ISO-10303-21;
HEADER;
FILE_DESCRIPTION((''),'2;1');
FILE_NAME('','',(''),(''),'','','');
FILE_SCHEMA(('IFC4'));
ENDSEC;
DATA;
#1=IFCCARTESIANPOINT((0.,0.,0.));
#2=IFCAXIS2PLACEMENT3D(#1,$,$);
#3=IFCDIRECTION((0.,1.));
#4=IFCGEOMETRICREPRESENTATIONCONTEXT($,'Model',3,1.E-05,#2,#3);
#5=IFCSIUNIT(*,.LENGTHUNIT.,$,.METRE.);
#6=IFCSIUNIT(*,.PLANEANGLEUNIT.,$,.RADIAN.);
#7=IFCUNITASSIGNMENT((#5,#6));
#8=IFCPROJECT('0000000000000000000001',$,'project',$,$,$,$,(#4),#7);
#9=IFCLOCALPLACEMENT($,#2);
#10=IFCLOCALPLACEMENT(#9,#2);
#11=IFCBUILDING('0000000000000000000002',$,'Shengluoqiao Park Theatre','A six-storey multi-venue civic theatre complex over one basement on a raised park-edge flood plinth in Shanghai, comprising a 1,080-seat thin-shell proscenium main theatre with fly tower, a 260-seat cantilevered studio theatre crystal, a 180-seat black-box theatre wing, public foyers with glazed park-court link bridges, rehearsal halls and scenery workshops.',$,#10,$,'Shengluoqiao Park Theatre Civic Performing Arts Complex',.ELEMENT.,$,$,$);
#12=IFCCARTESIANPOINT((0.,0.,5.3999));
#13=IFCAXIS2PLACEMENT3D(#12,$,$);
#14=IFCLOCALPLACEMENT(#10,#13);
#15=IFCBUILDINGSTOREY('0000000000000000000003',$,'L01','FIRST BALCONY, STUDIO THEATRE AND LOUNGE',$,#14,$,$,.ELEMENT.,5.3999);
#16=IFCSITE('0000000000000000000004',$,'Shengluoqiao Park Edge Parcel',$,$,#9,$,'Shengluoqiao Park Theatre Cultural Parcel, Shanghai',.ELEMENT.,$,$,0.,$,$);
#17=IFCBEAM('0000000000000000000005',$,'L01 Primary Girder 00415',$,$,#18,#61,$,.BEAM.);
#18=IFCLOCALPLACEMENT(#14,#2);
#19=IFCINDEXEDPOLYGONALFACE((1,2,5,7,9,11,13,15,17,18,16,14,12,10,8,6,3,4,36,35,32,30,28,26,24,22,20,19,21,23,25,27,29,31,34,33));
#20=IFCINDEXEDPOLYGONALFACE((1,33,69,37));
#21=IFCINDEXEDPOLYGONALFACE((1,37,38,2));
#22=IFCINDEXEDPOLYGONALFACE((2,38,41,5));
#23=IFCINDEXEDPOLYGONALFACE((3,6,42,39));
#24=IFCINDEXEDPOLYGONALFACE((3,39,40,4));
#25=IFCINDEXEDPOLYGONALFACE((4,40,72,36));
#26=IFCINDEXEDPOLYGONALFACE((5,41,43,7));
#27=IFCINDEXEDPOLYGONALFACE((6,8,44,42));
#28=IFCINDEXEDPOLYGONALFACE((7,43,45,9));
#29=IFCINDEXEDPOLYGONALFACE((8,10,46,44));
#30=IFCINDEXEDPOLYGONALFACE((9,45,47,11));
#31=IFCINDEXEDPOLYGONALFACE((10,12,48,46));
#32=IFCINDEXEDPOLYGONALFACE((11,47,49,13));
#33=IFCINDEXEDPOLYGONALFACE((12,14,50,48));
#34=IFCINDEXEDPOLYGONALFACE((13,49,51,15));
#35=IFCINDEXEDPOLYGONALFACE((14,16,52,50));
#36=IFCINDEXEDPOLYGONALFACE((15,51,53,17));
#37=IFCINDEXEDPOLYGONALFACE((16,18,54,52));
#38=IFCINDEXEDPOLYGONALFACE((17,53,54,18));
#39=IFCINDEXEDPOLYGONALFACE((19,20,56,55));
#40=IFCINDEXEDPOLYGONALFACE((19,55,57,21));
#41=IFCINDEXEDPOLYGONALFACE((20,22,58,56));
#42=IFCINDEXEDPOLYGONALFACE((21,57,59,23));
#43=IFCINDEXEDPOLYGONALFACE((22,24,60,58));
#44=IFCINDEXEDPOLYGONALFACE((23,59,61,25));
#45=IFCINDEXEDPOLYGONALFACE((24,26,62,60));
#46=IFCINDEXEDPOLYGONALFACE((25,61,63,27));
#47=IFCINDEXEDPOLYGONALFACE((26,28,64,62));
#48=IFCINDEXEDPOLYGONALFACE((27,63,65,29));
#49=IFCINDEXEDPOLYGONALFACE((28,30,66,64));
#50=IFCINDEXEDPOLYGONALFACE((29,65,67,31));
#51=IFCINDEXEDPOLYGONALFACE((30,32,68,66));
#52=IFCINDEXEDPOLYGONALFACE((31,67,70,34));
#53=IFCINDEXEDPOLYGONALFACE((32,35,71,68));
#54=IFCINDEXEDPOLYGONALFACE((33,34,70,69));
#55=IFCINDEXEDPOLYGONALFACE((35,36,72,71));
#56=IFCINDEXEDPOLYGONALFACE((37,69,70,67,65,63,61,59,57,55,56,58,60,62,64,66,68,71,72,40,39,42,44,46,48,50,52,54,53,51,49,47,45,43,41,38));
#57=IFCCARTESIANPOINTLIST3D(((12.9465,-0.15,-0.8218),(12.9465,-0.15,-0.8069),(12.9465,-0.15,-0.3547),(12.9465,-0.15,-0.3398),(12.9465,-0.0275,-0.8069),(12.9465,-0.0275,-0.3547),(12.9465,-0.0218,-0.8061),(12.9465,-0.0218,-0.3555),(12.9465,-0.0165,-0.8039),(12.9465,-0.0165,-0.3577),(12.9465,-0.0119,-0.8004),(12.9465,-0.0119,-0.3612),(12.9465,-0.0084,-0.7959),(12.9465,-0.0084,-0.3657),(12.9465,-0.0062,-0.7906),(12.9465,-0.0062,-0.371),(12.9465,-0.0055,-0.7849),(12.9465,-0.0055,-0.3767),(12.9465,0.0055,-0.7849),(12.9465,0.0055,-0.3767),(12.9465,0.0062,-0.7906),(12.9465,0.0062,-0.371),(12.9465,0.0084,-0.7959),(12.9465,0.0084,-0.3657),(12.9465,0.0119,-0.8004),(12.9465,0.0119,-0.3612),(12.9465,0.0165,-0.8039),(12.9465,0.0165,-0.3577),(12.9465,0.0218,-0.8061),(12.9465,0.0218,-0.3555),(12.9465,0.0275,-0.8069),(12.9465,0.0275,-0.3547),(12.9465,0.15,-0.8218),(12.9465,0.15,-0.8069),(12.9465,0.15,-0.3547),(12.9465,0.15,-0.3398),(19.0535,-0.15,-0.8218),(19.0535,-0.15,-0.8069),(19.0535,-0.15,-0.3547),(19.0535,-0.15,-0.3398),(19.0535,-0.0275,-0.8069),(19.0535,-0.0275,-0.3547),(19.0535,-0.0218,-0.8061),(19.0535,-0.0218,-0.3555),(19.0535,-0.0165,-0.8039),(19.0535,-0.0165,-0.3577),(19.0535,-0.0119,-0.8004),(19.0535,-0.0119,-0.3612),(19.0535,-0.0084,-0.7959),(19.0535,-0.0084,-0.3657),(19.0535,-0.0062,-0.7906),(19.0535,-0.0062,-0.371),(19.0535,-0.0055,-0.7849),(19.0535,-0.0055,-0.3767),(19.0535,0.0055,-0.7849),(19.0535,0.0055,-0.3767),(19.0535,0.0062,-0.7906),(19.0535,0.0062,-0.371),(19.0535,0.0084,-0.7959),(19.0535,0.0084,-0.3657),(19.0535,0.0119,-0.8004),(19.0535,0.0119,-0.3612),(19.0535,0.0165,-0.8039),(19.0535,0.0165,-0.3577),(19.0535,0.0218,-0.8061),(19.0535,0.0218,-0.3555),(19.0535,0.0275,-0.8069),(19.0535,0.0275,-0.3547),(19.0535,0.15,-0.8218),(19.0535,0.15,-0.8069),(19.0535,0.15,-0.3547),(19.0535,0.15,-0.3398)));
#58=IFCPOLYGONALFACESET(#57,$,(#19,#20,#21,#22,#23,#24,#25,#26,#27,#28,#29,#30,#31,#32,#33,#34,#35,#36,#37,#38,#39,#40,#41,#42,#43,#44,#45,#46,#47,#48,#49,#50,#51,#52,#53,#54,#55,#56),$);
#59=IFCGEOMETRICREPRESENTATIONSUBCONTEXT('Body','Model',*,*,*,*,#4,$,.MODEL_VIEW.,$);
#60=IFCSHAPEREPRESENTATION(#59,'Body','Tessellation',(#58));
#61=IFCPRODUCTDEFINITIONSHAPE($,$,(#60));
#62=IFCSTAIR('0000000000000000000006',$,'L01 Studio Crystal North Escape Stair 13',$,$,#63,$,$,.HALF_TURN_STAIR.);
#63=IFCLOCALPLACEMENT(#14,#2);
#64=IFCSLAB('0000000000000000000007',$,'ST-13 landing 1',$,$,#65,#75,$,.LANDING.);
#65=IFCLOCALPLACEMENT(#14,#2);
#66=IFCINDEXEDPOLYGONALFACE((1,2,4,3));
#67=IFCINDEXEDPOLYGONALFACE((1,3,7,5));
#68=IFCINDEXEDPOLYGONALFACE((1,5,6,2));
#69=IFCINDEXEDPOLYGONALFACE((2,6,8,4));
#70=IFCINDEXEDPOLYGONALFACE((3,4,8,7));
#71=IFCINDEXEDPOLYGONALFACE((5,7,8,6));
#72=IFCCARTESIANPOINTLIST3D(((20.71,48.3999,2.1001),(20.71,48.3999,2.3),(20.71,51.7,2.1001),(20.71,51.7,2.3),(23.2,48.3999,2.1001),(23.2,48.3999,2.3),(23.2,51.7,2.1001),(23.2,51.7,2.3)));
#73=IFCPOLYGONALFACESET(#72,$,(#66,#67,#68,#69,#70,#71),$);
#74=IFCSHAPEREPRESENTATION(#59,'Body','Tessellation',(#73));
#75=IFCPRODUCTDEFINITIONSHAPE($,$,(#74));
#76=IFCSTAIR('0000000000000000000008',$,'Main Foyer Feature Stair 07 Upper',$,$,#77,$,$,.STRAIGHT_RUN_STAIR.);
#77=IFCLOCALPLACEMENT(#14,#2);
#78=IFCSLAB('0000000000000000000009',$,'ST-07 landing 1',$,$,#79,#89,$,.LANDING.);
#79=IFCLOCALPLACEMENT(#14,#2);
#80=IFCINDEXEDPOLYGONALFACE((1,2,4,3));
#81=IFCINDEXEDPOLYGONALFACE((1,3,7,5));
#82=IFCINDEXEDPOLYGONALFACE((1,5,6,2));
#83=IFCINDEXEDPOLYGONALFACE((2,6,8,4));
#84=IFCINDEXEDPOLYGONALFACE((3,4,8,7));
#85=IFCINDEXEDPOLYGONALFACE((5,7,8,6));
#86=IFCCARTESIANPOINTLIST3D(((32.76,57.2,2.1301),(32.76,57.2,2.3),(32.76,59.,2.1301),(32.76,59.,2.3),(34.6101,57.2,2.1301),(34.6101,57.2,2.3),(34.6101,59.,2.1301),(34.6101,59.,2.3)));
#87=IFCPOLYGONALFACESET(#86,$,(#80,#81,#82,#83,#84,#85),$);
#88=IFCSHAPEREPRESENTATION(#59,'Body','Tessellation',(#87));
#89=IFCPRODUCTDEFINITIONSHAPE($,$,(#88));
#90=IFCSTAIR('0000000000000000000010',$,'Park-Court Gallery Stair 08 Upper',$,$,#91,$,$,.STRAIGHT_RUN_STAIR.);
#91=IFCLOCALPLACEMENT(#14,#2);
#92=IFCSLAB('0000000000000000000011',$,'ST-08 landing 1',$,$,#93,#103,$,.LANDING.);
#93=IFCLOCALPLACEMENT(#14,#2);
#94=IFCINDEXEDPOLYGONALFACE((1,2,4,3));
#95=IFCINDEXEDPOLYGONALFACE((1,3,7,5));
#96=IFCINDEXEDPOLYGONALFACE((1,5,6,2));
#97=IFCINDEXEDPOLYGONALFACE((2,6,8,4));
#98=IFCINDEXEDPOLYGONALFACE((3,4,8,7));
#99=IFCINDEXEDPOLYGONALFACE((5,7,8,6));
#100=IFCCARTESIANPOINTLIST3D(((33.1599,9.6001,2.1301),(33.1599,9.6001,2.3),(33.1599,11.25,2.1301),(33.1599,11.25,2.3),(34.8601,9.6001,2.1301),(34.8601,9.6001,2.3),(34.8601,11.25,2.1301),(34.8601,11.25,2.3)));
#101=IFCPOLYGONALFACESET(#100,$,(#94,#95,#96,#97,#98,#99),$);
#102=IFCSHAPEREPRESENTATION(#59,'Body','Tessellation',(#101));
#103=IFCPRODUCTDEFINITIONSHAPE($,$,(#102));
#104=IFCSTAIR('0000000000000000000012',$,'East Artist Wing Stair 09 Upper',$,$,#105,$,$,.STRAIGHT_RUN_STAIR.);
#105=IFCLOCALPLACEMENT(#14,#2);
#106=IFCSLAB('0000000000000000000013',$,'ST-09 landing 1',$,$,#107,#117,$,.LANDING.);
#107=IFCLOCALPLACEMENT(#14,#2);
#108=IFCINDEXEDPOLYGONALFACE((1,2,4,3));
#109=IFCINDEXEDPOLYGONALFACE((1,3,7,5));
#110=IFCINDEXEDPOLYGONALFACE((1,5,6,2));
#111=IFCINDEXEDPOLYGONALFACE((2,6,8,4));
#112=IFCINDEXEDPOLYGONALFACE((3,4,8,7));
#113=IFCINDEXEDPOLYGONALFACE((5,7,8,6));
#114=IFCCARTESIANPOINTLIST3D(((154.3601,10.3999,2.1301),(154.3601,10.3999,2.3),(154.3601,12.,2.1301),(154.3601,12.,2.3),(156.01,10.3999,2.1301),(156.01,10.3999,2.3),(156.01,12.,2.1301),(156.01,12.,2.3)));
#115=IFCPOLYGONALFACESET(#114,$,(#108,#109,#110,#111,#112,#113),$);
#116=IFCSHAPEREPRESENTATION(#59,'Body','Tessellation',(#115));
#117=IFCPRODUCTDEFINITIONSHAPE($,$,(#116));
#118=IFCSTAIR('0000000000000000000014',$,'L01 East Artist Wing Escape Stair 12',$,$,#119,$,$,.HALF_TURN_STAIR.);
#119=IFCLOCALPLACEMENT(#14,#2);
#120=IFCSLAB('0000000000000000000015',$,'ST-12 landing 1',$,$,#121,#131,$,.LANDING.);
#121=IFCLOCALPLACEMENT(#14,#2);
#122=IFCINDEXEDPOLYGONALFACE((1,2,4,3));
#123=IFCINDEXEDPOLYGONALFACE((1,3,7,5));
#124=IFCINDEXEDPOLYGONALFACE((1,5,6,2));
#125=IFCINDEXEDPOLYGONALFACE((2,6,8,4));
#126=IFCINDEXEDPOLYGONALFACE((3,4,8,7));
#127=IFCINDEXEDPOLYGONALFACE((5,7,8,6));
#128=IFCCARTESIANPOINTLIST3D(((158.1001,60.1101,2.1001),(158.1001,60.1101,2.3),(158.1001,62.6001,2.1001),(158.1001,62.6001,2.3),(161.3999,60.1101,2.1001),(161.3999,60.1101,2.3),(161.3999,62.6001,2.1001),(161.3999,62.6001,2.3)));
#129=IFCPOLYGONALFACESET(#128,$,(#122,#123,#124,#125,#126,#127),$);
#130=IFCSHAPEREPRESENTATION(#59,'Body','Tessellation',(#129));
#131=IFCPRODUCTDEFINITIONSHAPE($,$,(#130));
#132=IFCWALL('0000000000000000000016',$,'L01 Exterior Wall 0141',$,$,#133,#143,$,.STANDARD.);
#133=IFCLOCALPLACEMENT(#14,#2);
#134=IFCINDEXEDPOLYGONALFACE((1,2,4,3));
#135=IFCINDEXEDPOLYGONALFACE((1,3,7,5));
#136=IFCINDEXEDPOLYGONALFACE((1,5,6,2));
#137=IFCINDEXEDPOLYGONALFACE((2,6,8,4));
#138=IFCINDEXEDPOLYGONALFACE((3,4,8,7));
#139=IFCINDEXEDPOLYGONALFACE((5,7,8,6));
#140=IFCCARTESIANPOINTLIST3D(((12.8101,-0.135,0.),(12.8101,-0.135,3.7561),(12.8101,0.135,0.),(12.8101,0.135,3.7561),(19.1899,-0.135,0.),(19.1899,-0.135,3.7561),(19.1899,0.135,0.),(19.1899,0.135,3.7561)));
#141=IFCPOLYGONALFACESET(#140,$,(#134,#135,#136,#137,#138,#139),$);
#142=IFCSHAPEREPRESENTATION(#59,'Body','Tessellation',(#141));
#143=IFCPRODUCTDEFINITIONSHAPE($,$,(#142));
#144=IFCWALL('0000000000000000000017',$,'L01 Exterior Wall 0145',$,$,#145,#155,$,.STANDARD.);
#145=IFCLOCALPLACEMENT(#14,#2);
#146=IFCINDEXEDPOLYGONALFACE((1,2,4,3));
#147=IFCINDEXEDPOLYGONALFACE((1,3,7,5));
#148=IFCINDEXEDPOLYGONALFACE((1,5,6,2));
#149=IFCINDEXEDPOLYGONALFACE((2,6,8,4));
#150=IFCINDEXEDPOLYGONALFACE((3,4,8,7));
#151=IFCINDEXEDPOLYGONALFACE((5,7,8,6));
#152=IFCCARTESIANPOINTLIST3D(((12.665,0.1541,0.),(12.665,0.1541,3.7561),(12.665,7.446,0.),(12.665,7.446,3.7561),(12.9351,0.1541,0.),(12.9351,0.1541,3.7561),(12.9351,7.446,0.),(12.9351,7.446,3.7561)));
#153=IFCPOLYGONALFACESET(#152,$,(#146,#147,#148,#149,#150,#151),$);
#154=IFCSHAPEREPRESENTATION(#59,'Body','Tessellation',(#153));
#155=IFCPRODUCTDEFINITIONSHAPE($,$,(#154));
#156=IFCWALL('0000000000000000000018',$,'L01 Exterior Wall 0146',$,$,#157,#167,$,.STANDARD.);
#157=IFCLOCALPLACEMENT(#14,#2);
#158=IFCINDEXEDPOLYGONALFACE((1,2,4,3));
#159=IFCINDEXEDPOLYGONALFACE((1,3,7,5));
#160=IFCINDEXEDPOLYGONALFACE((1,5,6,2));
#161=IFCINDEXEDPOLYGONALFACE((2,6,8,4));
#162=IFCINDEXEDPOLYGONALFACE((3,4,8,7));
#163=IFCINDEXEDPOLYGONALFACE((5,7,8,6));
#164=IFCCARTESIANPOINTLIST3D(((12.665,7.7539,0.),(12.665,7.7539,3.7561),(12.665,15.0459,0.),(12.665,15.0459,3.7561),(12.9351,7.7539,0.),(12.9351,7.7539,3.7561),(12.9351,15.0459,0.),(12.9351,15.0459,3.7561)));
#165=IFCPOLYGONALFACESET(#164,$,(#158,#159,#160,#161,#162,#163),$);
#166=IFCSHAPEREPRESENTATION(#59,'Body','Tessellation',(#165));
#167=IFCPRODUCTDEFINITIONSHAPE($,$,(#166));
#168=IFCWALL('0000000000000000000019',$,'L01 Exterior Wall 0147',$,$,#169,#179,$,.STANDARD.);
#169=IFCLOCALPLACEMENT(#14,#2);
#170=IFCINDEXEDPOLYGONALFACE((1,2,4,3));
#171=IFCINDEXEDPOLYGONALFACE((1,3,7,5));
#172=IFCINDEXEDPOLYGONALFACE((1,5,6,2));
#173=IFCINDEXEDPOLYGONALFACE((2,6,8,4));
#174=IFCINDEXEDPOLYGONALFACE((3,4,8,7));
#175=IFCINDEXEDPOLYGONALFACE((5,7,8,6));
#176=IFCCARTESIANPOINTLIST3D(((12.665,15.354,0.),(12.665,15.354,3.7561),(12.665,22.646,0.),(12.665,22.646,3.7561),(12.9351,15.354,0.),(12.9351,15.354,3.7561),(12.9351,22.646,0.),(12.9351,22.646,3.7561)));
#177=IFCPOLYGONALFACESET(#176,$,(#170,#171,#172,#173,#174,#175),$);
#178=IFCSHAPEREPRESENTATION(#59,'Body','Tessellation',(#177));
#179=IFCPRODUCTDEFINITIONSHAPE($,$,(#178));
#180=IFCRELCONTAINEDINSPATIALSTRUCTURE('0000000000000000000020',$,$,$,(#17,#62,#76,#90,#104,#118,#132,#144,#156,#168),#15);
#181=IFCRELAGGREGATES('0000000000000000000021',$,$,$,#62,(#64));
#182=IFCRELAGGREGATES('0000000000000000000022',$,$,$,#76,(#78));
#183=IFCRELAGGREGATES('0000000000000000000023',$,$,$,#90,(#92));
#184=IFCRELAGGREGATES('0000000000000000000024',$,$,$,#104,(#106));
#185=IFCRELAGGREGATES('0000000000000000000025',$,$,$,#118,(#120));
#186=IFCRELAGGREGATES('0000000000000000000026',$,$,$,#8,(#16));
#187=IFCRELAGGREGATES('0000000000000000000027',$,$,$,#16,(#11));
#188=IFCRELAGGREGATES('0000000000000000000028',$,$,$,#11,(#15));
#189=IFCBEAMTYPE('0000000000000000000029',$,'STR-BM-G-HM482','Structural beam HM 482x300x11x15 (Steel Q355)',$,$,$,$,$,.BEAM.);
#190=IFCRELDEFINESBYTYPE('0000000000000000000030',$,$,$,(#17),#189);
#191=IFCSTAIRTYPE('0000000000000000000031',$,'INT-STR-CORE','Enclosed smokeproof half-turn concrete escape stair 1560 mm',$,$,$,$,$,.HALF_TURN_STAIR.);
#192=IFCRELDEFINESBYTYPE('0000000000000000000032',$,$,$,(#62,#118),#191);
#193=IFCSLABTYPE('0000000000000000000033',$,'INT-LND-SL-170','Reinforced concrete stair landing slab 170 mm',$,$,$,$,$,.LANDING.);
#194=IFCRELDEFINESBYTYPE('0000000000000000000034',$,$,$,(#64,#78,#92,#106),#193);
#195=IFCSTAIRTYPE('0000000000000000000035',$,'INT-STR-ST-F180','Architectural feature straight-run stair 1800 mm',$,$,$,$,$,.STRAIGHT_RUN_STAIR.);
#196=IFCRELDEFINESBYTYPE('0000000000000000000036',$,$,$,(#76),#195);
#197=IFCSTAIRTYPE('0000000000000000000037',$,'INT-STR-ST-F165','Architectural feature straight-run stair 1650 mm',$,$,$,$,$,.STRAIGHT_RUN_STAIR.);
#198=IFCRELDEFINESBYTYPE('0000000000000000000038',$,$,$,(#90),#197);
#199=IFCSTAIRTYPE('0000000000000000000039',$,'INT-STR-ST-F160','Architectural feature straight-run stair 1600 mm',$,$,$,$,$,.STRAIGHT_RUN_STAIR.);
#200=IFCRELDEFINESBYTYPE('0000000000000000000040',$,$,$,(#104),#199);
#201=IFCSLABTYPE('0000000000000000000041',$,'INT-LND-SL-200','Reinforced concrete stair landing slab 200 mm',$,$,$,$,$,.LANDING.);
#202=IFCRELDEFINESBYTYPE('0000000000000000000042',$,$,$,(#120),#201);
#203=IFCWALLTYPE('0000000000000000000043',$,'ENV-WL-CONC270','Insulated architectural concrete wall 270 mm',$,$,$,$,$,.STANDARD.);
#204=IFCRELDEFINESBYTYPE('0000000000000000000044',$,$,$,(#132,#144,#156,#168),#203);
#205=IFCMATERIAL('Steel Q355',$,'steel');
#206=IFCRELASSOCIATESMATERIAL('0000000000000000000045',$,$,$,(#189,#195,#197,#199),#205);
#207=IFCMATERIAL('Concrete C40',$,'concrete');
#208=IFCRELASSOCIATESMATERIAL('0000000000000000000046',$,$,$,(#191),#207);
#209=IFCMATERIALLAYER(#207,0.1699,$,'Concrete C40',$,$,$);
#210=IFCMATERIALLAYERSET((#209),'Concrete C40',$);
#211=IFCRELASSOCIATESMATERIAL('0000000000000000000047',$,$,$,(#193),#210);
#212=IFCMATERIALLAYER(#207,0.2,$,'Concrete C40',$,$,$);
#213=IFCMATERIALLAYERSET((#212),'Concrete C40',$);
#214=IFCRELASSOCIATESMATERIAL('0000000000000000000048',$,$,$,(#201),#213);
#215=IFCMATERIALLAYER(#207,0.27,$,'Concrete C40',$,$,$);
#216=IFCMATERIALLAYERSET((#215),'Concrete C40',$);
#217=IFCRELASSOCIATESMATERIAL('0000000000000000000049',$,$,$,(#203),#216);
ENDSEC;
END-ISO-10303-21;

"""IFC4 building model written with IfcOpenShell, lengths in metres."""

from ifc_helpers import new_model, si_unit, direction, frame, frame_2d, origin, origin_2d, place, context, subcontext, project, spatial, polyline, rectangle, i_section, outline, extrude, material, layer, layer_set, material_profile, profile_set, type_object, element, aggregate, save


model = new_model("IFC4")

# Units and contexts
model_context = context("Model", 3, precision=1e-05, world=origin(), true_north=direction((0.0, 1.0)))
body_context = subcontext(model_context, "Body", "Model", "MODEL_VIEW")
ifc_project = project(units=[si_unit("LENGTHUNIT", "METRE"), si_unit("PLANEANGLEUNIT", "RADIAN")], contexts=[model_context])

# Site, building, storey
site_placement = place(None, origin())
site = spatial("IfcSite", under=ifc_project, at=site_placement, Name="Shengluoqiao Park Edge Parcel", LongName="Shengluoqiao Park Theatre Cultural Parcel, Shanghai", CompositionType="ELEMENT", RefElevation=0.0)
building_placement = place(site_placement, origin())
building = spatial("IfcBuilding", under=site, at=building_placement, Name="Shengluoqiao Park Theatre", Description="A six-storey multi-venue civic theatre complex over one basement on a raised park-edge flood plinth in Shanghai, comprising a 1,080-seat thin-shell proscenium main theatre with fly tower, a 260-seat cantilevered studio theatre crystal, a 180-seat black-box theatre wing, public foyers with glazed park-court link bridges, rehearsal halls and scenery workshops.", LongName="Shengluoqiao Park Theatre Civic Performing Arts Complex", CompositionType="ELEMENT")
storey_placement = place(building_placement, frame((0.0, 0.0, 5.3999)))
storey = spatial("IfcBuildingStorey", under=building, at=storey_placement, Name="L01", Description="FIRST BALCONY, STUDIO THEATRE AND LOUNGE", CompositionType="ELEMENT", Elevation=5.3999)

# Shared definitions
ifc_material_1 = material(Name="Steel Q355", Category="steel")

# Beam
ifc_material_profile_1 = material_profile(ifc_material_1, i_section(OverallWidth=0.3, OverallDepth=0.4819, WebThickness=0.011, FlangeThickness=0.0149, FilletRadius=0.022, at=origin_2d()), Name="HM 482x300x11x15")
ifc_profile_set_1 = profile_set([ifc_material_profile_1], Name="Steel Q355")
beam_type_1 = type_object("IfcBeamType", Name="STR-BM-G-HM482", Description="Structural beam HM 482x300x11x15 (Steel Q355)", PredefinedType="BEAM", material=ifc_profile_set_1)
beam_placement = place(storey_placement, frame((12.9465, 0.0, -0.5808), z_axis=(1.0, 0.0, 0.0), x_axis=(0.0, 1.0, 0.0)))
element("IfcBeam", 1, at=beam_placement, inside=storey, type_object=beam_type_1, Name="L01 Primary Girder 00415", PredefinedType="BEAM", context=body_context, shape_type="SweptSolid", body=[
    extrude(i_section(OverallWidth=0.3, OverallDepth=0.4819, WebThickness=0.011, FlangeThickness=0.0149, FilletRadius=0.022, at=origin_2d()), origin(), (0.0, 0.0, 1.0), 6.1069),
])

# Stairs, slabs
ifc_material_2 = material(Name="Concrete C40", Category="concrete")
stair_type_1 = type_object("IfcStairType", Name="INT-STR-CORE", Description="Enclosed smokeproof half-turn concrete escape stair 1560 mm", PredefinedType="HALF_TURN_STAIR", material=ifc_material_2)
stair_1_placement = place(storey_placement, origin())
stair_1 = element("IfcStair", 2, at=stair_1_placement, inside=storey, type_object=stair_type_1, Name="L01 Studio Crystal North Escape Stair 13", PredefinedType="HALF_TURN_STAIR")
ifc_layer_1 = layer(ifc_material_2, 0.1699, Name="Concrete C40")
ifc_layer_set_1 = layer_set([ifc_layer_1], Name="Concrete C40")
slab_type_1 = type_object("IfcSlabType", Name="INT-LND-SL-170", Description="Reinforced concrete stair landing slab 170 mm", PredefinedType="LANDING", material=ifc_layer_set_1)
slab_1_placement = place(storey_placement, frame((0.0, 0.0, 2.1001)))
slab_1 = element("IfcSlab", 3, at=slab_1_placement, type_object=slab_type_1, Name="ST-13 landing 1", PredefinedType="LANDING", context=body_context, shape_type="SweptSolid", body=[
    extrude(outline(polyline([(20.71, 48.3999), (23.2, 48.3999), (23.2, 51.7), (20.71, 51.7), (20.71, 48.3999)])), origin(), (0.0, 0.0, 1.0), 0.2),
])
aggregate(stair_1, [slab_1])
stair_type_2 = type_object("IfcStairType", Name="INT-STR-ST-F180", Description="Architectural feature straight-run stair 1800 mm", PredefinedType="STRAIGHT_RUN_STAIR", material=ifc_material_1)
stair_2_placement = place(storey_placement, origin())
stair_2 = element("IfcStair", 4, at=stair_2_placement, inside=storey, type_object=stair_type_2, Name="Main Foyer Feature Stair 07 Upper", PredefinedType="STRAIGHT_RUN_STAIR")
slab_2_placement = place(storey_placement, frame((0.0, 0.0, 2.1301)))
slab_2 = element("IfcSlab", 5, at=slab_2_placement, type_object=slab_type_1, Name="ST-07 landing 1", PredefinedType="LANDING", context=body_context, shape_type="SweptSolid", body=[
    extrude(outline(polyline([(32.76, 57.2), (34.6101, 57.2), (34.6101, 59.0), (32.76, 59.0), (32.76, 57.2)])), origin(), (0.0, 0.0, 1.0), 0.1699),
])
aggregate(stair_2, [slab_2])
stair_type_3 = type_object("IfcStairType", Name="INT-STR-ST-F165", Description="Architectural feature straight-run stair 1650 mm", PredefinedType="STRAIGHT_RUN_STAIR", material=ifc_material_1)
stair_3_placement = place(storey_placement, origin())
stair_3 = element("IfcStair", 6, at=stair_3_placement, inside=storey, type_object=stair_type_3, Name="Park-Court Gallery Stair 08 Upper", PredefinedType="STRAIGHT_RUN_STAIR")
slab_3_placement = place(storey_placement, frame((0.0, 0.0, 2.1301)))
slab_3 = element("IfcSlab", 7, at=slab_3_placement, type_object=slab_type_1, Name="ST-08 landing 1", PredefinedType="LANDING", context=body_context, shape_type="SweptSolid", body=[
    extrude(outline(polyline([(33.1599, 9.6001), (34.8601, 9.6001), (34.8601, 11.25), (33.1599, 11.25), (33.1599, 9.6001)])), origin(), (0.0, 0.0, 1.0), 0.1699),
])
aggregate(stair_3, [slab_3])
stair_type_4 = type_object("IfcStairType", Name="INT-STR-ST-F160", Description="Architectural feature straight-run stair 1600 mm", PredefinedType="STRAIGHT_RUN_STAIR", material=ifc_material_1)
stair_4_placement = place(storey_placement, origin())
stair_4 = element("IfcStair", 8, at=stair_4_placement, inside=storey, type_object=stair_type_4, Name="East Artist Wing Stair 09 Upper", PredefinedType="STRAIGHT_RUN_STAIR")
slab_4_placement = place(storey_placement, frame((0.0, 0.0, 2.1301)))
slab_4 = element("IfcSlab", 9, at=slab_4_placement, type_object=slab_type_1, Name="ST-09 landing 1", PredefinedType="LANDING", context=body_context, shape_type="SweptSolid", body=[
    extrude(outline(polyline([(154.3601, 10.3999), (156.01, 10.3999), (156.01, 12.0), (154.3601, 12.0), (154.3601, 10.3999)])), origin(), (0.0, 0.0, 1.0), 0.1699),
])
aggregate(stair_4, [slab_4])
stair_5_placement = place(storey_placement, origin())
stair_5 = element("IfcStair", 10, at=stair_5_placement, inside=storey, type_object=stair_type_1, Name="L01 East Artist Wing Escape Stair 12", PredefinedType="HALF_TURN_STAIR")
ifc_layer_2 = layer(ifc_material_2, 0.2, Name="Concrete C40")
ifc_layer_set_2 = layer_set([ifc_layer_2], Name="Concrete C40")
slab_type_2 = type_object("IfcSlabType", Name="INT-LND-SL-200", Description="Reinforced concrete stair landing slab 200 mm", PredefinedType="LANDING", material=ifc_layer_set_2)
slab_5_placement = place(storey_placement, frame((0.0, 0.0, 2.1001)))
slab_5 = element("IfcSlab", 11, at=slab_5_placement, type_object=slab_type_2, Name="ST-12 landing 1", PredefinedType="LANDING", context=body_context, shape_type="SweptSolid", body=[
    extrude(outline(polyline([(161.3999, 60.1101), (161.3999, 62.6001), (158.1001, 62.6001), (158.1001, 60.1101), (161.3999, 60.1101)])), origin(), (0.0, 0.0, 1.0), 0.2),
])
aggregate(stair_5, [slab_5])

# Walls
ifc_layer_3 = layer(ifc_material_2, 0.27, Name="Concrete C40")
ifc_layer_set_3 = layer_set([ifc_layer_3], Name="Concrete C40")
wall_type = type_object("IfcWallType", Name="ENV-WL-CONC270", Description="Insulated architectural concrete wall 270 mm", PredefinedType="STANDARD", material=ifc_layer_set_3)
wall_1_placement = place(storey_placement, frame((12.8101, 0.0, 0.0), z_axis=(0.0, 0.0, 1.0), x_axis=(1.0, 0.0, 0.0)))
element("IfcWall", 12, at=wall_1_placement, inside=storey, type_object=wall_type, Name="L01 Exterior Wall 0141", PredefinedType="STANDARD", context=body_context, shape_type="SweptSolid", body=[
    extrude(rectangle(XDim=6.3799, YDim=0.27, at=frame_2d((3.1899, 0.0))), origin(), (0.0, 0.0, 1.0), 3.7561),
])
for number, where, z_axis, x_axis, name in (
    (13, (12.8, 0.1541, 0.0), (0.0, 0.0, 1.0), (0.0, 1.0, 0.0), "L01 Exterior Wall 0145"),
    (14, (12.8, 7.7539, 0.0), (0.0, 0.0, 1.0), (0.0, 1.0, 0.0), "L01 Exterior Wall 0146"),
    (15, (12.8, 15.354, 0.0), (0.0, 0.0, 1.0), (0.0, 1.0, 0.0), "L01 Exterior Wall 0147"),
):
    element("IfcWall", number, at=place(storey_placement, frame(where, z_axis=z_axis, x_axis=x_axis)), inside=storey, type_object=wall_type, Name=name, PredefinedType="STANDARD", context=body_context, shape_type="SweptSolid", body=[
        extrude(rectangle(XDim=7.292, YDim=0.27, at=frame_2d((3.646, 0.0))), origin(), (0.0, 0.0, 1.0), 3.7561),
    ])

save(model, "model.ifc")
